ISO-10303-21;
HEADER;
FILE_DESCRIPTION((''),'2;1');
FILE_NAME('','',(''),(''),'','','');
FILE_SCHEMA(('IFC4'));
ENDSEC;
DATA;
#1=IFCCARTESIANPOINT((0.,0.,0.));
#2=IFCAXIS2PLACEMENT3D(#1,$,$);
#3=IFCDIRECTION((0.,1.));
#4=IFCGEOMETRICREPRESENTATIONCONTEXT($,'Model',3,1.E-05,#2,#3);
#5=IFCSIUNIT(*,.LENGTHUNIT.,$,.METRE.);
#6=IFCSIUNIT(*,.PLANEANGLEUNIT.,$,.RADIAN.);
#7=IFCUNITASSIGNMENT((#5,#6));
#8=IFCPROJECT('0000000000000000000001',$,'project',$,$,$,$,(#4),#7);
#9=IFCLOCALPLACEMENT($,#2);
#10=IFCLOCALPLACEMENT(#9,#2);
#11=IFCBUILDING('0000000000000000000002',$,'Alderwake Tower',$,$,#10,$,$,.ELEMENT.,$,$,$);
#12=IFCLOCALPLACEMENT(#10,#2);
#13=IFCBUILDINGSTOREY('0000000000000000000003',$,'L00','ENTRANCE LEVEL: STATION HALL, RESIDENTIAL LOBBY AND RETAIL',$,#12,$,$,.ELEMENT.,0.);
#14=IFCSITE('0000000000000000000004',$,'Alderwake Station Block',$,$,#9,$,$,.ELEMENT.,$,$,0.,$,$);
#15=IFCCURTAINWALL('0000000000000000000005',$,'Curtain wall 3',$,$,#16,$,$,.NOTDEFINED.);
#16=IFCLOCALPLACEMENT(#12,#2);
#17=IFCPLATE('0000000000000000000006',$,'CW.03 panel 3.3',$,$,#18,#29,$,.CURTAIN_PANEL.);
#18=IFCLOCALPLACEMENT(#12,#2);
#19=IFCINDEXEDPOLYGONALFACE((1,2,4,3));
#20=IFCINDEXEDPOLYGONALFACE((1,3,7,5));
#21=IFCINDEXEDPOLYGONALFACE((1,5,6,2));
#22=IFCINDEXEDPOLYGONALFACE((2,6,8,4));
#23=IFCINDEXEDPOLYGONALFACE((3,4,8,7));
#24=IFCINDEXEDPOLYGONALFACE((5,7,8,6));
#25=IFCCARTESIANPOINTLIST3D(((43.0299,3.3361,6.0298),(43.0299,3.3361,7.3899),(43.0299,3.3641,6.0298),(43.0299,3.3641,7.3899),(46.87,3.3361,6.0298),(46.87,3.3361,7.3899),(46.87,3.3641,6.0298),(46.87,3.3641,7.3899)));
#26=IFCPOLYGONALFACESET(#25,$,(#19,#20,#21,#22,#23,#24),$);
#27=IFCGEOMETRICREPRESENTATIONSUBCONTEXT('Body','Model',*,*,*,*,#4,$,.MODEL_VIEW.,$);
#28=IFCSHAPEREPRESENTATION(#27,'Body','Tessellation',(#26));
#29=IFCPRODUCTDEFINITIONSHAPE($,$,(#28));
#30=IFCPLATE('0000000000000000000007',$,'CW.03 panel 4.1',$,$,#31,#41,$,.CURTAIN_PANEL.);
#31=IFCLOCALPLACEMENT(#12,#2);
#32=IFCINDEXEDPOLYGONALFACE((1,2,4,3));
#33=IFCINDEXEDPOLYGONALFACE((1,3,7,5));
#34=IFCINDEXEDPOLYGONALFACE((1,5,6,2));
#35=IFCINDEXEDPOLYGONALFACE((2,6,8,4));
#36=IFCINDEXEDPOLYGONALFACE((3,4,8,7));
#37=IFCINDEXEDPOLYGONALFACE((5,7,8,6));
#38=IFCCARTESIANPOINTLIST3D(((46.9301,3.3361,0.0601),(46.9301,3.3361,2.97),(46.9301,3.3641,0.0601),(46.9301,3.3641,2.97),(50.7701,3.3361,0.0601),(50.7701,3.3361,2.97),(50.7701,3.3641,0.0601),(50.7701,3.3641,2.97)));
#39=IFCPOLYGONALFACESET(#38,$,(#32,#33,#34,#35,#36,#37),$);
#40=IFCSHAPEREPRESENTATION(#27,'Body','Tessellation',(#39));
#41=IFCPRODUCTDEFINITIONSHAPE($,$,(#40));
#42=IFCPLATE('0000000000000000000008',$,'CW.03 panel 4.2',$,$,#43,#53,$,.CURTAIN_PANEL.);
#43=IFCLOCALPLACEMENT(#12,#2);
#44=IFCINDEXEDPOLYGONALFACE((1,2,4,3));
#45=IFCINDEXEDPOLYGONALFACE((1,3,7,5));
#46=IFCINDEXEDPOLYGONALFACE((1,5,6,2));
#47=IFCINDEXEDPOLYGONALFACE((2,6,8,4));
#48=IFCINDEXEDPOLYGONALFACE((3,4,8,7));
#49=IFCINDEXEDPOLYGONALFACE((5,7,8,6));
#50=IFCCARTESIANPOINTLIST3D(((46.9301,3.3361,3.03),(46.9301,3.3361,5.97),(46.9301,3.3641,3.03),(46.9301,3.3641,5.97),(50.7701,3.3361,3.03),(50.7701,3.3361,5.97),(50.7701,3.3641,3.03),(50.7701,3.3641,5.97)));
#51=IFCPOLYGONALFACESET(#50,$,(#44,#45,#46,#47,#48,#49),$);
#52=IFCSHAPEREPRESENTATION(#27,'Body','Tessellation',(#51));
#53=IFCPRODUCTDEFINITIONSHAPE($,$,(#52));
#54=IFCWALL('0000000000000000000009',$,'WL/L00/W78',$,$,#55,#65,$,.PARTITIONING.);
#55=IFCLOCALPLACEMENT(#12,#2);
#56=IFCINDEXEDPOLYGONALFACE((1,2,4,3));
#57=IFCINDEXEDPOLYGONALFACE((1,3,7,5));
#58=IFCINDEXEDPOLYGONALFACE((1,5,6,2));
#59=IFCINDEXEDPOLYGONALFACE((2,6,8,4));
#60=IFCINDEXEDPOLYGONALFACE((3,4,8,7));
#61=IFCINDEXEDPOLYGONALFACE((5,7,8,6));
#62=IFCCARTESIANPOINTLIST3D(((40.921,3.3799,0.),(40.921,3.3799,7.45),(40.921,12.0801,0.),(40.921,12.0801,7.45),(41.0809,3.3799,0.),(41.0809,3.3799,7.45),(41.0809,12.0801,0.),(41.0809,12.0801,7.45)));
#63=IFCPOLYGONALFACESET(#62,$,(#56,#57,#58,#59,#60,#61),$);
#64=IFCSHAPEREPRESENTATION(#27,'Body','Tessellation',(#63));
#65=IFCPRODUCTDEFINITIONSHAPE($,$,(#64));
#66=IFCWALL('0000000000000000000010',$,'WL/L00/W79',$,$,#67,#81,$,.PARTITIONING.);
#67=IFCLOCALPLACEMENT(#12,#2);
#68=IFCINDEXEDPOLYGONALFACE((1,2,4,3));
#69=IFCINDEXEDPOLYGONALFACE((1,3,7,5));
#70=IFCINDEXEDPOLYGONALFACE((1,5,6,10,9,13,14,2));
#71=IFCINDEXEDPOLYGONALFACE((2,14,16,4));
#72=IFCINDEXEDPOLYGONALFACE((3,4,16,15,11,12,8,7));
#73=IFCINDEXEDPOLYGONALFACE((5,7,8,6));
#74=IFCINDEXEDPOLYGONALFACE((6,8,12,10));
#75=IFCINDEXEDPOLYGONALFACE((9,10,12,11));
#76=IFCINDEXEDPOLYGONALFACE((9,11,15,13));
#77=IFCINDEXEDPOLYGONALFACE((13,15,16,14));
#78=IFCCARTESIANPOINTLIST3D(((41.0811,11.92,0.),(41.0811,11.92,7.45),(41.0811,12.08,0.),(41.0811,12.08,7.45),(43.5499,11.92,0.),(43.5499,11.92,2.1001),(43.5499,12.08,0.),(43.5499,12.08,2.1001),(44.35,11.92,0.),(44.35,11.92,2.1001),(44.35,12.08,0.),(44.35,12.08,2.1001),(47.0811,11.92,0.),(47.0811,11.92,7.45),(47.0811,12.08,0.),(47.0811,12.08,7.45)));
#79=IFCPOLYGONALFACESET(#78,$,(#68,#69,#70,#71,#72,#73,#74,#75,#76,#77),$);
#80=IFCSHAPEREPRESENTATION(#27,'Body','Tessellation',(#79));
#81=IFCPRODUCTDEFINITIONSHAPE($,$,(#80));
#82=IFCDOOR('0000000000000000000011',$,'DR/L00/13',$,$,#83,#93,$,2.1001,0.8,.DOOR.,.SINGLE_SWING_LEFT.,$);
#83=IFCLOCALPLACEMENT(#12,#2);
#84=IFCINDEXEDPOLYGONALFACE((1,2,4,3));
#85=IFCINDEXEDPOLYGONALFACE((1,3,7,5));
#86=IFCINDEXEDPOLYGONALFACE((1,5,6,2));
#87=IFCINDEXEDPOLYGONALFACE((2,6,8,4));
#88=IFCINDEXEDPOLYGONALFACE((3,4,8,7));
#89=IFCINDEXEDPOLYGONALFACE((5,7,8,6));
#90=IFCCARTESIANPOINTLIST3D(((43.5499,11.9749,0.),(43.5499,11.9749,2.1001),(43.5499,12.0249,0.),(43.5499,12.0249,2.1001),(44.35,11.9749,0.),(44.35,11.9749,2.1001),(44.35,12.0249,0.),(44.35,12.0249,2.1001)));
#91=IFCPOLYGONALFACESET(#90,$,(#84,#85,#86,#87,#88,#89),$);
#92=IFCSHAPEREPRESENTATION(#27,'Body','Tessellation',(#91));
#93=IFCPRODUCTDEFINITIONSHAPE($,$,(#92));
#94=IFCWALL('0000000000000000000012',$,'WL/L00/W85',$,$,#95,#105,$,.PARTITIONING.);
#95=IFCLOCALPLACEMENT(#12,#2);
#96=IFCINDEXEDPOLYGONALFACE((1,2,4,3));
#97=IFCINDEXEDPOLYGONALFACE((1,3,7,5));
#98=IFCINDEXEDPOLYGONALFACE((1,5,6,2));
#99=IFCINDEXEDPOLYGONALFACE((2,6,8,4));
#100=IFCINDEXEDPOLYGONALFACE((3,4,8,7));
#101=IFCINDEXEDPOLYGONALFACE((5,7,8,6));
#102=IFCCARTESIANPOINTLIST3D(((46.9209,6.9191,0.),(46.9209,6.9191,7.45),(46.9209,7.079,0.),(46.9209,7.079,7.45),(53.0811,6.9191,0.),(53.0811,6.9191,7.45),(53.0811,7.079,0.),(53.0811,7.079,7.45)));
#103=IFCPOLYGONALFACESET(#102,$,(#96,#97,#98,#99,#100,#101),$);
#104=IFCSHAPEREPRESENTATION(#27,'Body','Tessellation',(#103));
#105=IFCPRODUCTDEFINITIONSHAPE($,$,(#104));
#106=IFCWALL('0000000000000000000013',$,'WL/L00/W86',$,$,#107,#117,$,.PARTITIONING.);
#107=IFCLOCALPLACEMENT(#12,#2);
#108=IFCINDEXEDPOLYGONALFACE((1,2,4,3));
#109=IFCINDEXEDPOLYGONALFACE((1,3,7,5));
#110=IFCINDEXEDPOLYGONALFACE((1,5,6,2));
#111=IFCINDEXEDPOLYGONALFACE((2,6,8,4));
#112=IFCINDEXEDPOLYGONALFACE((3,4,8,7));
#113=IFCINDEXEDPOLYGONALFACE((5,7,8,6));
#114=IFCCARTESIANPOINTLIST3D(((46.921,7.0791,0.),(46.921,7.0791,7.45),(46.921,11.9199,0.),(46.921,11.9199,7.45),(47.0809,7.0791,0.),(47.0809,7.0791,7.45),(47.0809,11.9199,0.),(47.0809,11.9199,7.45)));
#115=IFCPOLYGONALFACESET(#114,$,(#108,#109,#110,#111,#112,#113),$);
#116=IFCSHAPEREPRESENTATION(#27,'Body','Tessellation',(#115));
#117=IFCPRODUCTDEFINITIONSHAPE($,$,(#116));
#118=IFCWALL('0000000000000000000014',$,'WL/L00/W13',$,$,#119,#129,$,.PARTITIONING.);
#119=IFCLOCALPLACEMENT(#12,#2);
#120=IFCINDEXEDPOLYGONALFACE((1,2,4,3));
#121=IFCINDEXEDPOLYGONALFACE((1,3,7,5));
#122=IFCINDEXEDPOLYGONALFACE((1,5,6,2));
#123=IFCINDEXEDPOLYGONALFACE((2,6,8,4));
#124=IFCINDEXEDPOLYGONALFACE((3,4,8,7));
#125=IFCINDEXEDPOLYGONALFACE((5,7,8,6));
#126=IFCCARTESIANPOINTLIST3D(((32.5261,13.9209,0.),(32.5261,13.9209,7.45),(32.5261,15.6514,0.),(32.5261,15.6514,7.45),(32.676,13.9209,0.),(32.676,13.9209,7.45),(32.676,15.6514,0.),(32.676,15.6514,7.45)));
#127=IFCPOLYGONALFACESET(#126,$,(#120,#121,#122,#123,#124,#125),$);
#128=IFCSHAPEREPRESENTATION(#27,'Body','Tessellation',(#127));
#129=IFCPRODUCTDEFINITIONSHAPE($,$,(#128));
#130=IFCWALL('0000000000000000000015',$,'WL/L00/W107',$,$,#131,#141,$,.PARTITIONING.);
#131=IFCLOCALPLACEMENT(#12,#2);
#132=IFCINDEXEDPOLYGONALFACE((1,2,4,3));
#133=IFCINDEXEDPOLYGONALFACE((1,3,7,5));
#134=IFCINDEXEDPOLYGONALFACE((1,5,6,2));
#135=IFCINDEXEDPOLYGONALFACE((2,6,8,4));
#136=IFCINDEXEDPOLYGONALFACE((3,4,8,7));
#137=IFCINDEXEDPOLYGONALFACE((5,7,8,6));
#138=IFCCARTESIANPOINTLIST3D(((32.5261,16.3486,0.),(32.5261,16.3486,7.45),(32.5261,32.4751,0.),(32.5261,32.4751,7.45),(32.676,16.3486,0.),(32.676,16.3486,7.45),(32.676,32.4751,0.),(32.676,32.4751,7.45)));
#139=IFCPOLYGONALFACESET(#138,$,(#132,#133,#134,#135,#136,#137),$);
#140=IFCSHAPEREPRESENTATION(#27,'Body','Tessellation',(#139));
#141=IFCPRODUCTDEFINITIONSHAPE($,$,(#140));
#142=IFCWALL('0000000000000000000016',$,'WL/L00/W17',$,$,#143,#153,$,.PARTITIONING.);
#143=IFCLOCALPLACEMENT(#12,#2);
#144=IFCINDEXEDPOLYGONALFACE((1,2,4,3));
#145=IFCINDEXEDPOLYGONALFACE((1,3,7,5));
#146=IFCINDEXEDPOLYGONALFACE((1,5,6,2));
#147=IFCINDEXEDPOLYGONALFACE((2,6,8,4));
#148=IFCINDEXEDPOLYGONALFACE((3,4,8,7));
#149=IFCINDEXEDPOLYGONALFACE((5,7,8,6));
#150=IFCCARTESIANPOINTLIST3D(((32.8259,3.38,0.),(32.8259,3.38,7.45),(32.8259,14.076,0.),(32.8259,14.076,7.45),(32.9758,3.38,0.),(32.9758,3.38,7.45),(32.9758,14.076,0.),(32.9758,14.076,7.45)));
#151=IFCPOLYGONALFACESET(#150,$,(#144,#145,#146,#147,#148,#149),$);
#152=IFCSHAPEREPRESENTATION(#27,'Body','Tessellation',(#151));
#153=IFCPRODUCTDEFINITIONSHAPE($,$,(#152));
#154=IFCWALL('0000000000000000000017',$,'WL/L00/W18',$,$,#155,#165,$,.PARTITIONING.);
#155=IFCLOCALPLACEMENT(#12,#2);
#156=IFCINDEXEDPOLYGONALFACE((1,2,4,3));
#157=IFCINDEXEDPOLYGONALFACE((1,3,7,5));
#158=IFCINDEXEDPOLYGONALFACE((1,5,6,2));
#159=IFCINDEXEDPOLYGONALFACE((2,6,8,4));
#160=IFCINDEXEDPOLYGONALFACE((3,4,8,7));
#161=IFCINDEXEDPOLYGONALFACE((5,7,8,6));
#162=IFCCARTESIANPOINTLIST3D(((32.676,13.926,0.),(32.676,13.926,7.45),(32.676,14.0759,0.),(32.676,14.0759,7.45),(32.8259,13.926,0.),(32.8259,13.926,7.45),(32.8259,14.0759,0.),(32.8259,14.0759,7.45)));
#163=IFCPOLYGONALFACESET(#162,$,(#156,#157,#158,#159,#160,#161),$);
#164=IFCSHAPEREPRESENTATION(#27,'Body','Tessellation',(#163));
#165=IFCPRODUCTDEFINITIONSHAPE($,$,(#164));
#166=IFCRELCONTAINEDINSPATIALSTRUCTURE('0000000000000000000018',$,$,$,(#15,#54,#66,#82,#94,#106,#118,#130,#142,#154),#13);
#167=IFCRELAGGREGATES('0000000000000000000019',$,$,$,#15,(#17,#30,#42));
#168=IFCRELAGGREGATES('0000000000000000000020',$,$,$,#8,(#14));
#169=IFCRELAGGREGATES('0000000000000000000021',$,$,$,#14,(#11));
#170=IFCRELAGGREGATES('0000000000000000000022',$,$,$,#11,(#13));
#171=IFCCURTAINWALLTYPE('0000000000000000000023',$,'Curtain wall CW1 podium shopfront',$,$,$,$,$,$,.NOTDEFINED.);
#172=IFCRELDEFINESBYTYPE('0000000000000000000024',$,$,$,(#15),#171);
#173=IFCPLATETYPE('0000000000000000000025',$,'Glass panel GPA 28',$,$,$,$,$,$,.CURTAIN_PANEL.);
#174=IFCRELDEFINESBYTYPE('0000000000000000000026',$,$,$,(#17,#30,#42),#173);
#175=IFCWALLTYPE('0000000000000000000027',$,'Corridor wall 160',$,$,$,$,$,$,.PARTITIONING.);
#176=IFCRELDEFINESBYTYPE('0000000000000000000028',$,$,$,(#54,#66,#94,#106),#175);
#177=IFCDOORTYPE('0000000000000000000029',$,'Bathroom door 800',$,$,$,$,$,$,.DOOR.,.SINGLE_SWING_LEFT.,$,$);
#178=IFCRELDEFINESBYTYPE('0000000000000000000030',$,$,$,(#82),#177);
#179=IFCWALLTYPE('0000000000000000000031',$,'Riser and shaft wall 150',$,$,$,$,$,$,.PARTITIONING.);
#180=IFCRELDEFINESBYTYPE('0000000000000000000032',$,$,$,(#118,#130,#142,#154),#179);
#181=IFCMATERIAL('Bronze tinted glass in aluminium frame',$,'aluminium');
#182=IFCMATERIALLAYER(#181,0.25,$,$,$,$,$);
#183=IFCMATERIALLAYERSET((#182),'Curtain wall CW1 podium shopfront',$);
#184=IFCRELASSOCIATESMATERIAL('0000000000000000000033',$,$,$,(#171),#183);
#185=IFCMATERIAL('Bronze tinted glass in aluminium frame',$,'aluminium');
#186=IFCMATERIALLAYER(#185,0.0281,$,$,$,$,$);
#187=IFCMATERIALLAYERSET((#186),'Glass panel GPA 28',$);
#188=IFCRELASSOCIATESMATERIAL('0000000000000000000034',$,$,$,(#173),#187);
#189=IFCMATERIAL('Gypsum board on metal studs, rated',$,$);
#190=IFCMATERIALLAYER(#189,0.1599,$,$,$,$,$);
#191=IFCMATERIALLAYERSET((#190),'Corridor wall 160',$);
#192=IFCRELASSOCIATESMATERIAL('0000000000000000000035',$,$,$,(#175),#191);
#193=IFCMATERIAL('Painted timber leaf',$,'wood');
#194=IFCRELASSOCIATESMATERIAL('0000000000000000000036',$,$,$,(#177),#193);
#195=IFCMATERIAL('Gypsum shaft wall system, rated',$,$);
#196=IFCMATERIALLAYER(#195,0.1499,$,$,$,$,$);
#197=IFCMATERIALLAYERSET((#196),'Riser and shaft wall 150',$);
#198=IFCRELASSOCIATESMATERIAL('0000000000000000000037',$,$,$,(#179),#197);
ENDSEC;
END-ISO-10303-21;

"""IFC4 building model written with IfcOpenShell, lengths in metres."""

from ifc_helpers import new_model, si_unit, direction, frame, frame_2d, origin, origin_2d, place, context, subcontext, project, spatial, rectangle, extrude, material, layer, layer_set, type_object, element, fill, aggregate, save


model = new_model("IFC4")

# Units and contexts
model_context = context("Model", 3, precision=1e-05, world=origin(), true_north=direction((0.0, 1.0)))
body_context = subcontext(model_context, "Body", "Model", "MODEL_VIEW")
ifc_project = project(units=[si_unit("LENGTHUNIT", "METRE"), si_unit("PLANEANGLEUNIT", "RADIAN")], contexts=[model_context])

# Site, building, storey
site_placement = place(None, origin())
site = spatial("IfcSite", under=ifc_project, at=site_placement, Name="Alderwake Station Block", CompositionType="ELEMENT", RefElevation=0.0)
building_placement = place(site_placement, origin())
building = spatial("IfcBuilding", under=site, at=building_placement, Name="Alderwake Tower", CompositionType="ELEMENT")
storey_placement = place(building_placement, origin())
storey = spatial("IfcBuildingStorey", under=building, at=storey_placement, Name="L00", Description="ENTRANCE LEVEL: STATION HALL, RESIDENTIAL LOBBY AND RETAIL", CompositionType="ELEMENT", Elevation=0.0)

# Curtain wall, plates
ifc_material_1 = material(Name="Bronze tinted glass in aluminium frame", Category="aluminium")
ifc_layer_1 = layer(ifc_material_1, 0.25)
ifc_layer_set_1 = layer_set([ifc_layer_1], Name="Curtain wall CW1 podium shopfront")
curtain_wall_type = type_object("IfcCurtainWallType", Name="Curtain wall CW1 podium shopfront", PredefinedType="NOTDEFINED", material=ifc_layer_set_1)
curtain_wall_placement = place(storey_placement, origin())
curtain_wall = element("IfcCurtainWall", 1, at=curtain_wall_placement, inside=storey, type_object=curtain_wall_type, Name="Curtain wall 3", PredefinedType="NOTDEFINED")
ifc_material_2 = material(Name="Bronze tinted glass in aluminium frame", Category="aluminium")
ifc_layer_2 = layer(ifc_material_2, 0.0281)
ifc_layer_set_2 = layer_set([ifc_layer_2], Name="Glass panel GPA 28")
plate_type = type_object("IfcPlateType", Name="Glass panel GPA 28", PredefinedType="CURTAIN_PANEL", material=ifc_layer_set_2)
plate_1_placement = place(storey_placement, frame((44.95, 3.3501, 6.0298), z_axis=(0.0, 0.0, 1.0), x_axis=(1.0, 0.0, 0.0)))
plate_1 = element("IfcPlate", 2, at=plate_1_placement, type_object=plate_type, Name="CW.03 panel 3.3", PredefinedType="CURTAIN_PANEL", context=body_context, shape_type="SweptSolid", body=[
    extrude(rectangle(XDim=3.8401, YDim=0.0281, at=origin_2d()), origin(), (0.0, 0.0, 1.0), 1.3601),
])
plate_2_placement = place(storey_placement, frame((48.8501, 3.3501, 0.0601), z_axis=(0.0, 0.0, 1.0), x_axis=(1.0, 0.0, 0.0)))
plate_2 = element("IfcPlate", 3, at=plate_2_placement, type_object=plate_type, Name="CW.03 panel 4.1", PredefinedType="CURTAIN_PANEL", context=body_context, shape_type="SweptSolid", body=[
    extrude(rectangle(XDim=3.8401, YDim=0.0281, at=origin_2d()), origin(), (0.0, 0.0, 1.0), 2.9099),
])
plate_3_placement = place(storey_placement, frame((48.8501, 3.3501, 3.03), z_axis=(0.0, 0.0, 1.0), x_axis=(1.0, 0.0, 0.0)))
plate_3 = element("IfcPlate", 4, at=plate_3_placement, type_object=plate_type, Name="CW.03 panel 4.2", PredefinedType="CURTAIN_PANEL", context=body_context, shape_type="SweptSolid", body=[
    extrude(rectangle(XDim=3.8401, YDim=0.0281, at=origin_2d()), origin(), (0.0, 0.0, 1.0), 2.9399),
])
aggregate(curtain_wall, [plate_1, plate_2, plate_3])

# Wall
ifc_material_3 = material(Name="Gypsum board on metal studs, rated")
ifc_layer_3 = layer(ifc_material_3, 0.1599)
ifc_layer_set_3 = layer_set([ifc_layer_3], Name="Corridor wall 160")
wall_type_1 = type_object("IfcWallType", Name="Corridor wall 160", PredefinedType="PARTITIONING", material=ifc_layer_set_3)
wall_1_placement = place(storey_placement, frame((41.001, 3.3799, 0.0), z_axis=(0.0, 0.0, 1.0), x_axis=(0.0, 1.0, 0.0)))
element("IfcWall", 5, at=wall_1_placement, inside=storey, type_object=wall_type_1, Name="WL/L00/W78", PredefinedType="PARTITIONING", context=body_context, shape_type="SweptSolid", body=[
    extrude(rectangle(XDim=8.7002, YDim=0.1599, at=frame_2d((4.3501, 0.0))), origin(), (0.0, 0.0, 1.0), 7.45),
])

# Wall, opening, door
wall_2_placement = place(storey_placement, frame((41.0811, 12.0, 0.0), z_axis=(0.0, 0.0, 1.0), x_axis=(1.0, 0.0, 0.0)))
wall_2 = element("IfcWall", 6, at=wall_2_placement, inside=storey, type_object=wall_type_1, Name="WL/L00/W79", PredefinedType="PARTITIONING", context=body_context, shape_type="SweptSolid", body=[
    extrude(rectangle(XDim=6.0, YDim=0.1599, at=frame_2d((3.0, 0.0))), origin(), (0.0, 0.0, 1.0), 7.45),
])
opening_1_placement = place(wall_2_placement, frame((2.469, 0.0, 0.0)))
opening_1 = element("IfcOpeningElement", 7, at=opening_1_placement, cuts=wall_2, PredefinedType="OPENING", context=body_context, shape_type="SweptSolid", body=[
    extrude(rectangle(XDim=0.8, YDim=2.1001, at=frame_2d((0.3999, 1.05))), frame((0.0, 0.0898, 0.0), z_axis=(0.0, -1.0, 0.0), x_axis=(1.0, 0.0, 0.0)), (0.0, 0.0, 1.0), 0.1799),
])
ifc_material_4 = material(Name="Painted timber leaf", Category="wood")
door_type_1 = type_object("IfcDoorType", Name="Bathroom door 800", OperationType="SINGLE_SWING_LEFT", PredefinedType="DOOR", material=ifc_material_4)
door_1_placement = place(opening_1_placement, origin())
door_1 = element("IfcDoor", 8, at=door_1_placement, inside=storey, type_object=door_type_1, Name="DR/L00/13", OperationType="SINGLE_SWING_LEFT", OverallHeight=2.1001, OverallWidth=0.8, PredefinedType="DOOR", context=body_context, shape_type="SweptSolid", body=[
    extrude(rectangle(XDim=0.8, YDim=2.1001, at=frame_2d((0.3999, 1.05))), frame((0.0, 0.0249, 0.0), z_axis=(0.0, -1.0, 0.0), x_axis=(1.0, 0.0, 0.0)), (0.0, 0.0, 1.0), 0.05),
])
fill(opening_1, door_1)

# Walls
wall_3_placement = place(storey_placement, frame((46.9209, 6.999, 0.0), z_axis=(0.0, 0.0, 1.0), x_axis=(1.0, 0.0, 0.0)))
element("IfcWall", 9, at=wall_3_placement, inside=storey, type_object=wall_type_1, Name="WL/L00/W85", PredefinedType="PARTITIONING", context=body_context, shape_type="SweptSolid", body=[
    extrude(rectangle(XDim=6.1602, YDim=0.1599, at=frame_2d((3.0801, 0.0))), origin(), (0.0, 0.0, 1.0), 7.45),
])
wall_4_placement = place(storey_placement, frame((47.001, 11.9199, 0.0), z_axis=(0.0, 0.0, 1.0), x_axis=(0.0, -1.0, 0.0)))
element("IfcWall", 10, at=wall_4_placement, inside=storey, type_object=wall_type_1, Name="WL/L00/W86", PredefinedType="PARTITIONING", context=body_context, shape_type="SweptSolid", body=[
    extrude(rectangle(XDim=4.8408, YDim=0.1599, at=frame_2d((2.4204, 0.0))), origin(), (0.0, 0.0, 1.0), 7.45),
])
ifc_material_5 = material(Name="Gypsum shaft wall system, rated")
ifc_layer_4 = layer(ifc_material_5, 0.1499)
ifc_layer_set_4 = layer_set([ifc_layer_4], Name="Riser and shaft wall 150")
wall_type_2 = type_object("IfcWallType", Name="Riser and shaft wall 150", PredefinedType="PARTITIONING", material=ifc_layer_set_4)
wall_5_placement = place(storey_placement, frame((32.6011, 13.9209, 0.0), z_axis=(0.0, 0.0, 1.0), x_axis=(0.0, 1.0, 0.0)))
element("IfcWall", 11, at=wall_5_placement, inside=storey, type_object=wall_type_2, Name="WL/L00/W13", PredefinedType="PARTITIONING", context=body_context, shape_type="SweptSolid", body=[
    extrude(rectangle(XDim=1.7305, YDim=0.1499, at=frame_2d((0.8652, 0.0))), origin(), (0.0, 0.0, 1.0), 7.45),
])
wall_6_placement = place(storey_placement, frame((32.6011, 16.3486, 0.0), z_axis=(0.0, 0.0, 1.0), x_axis=(0.0, 1.0, 0.0)))
element("IfcWall", 12, at=wall_6_placement, inside=storey, type_object=wall_type_2, Name="WL/L00/W107", PredefinedType="PARTITIONING", context=body_context, shape_type="SweptSolid", body=[
    extrude(rectangle(XDim=16.1265, YDim=0.1499, at=frame_2d((8.0632, 0.0))), origin(), (0.0, 0.0, 1.0), 7.45),
])
wall_7_placement = place(storey_placement, frame((32.9009, 3.3799, 0.0), z_axis=(0.0, 0.0, 1.0), x_axis=(0.0, 1.0, 0.0)))
element("IfcWall", 13, at=wall_7_placement, inside=storey, type_object=wall_type_2, Name="WL/L00/W17", PredefinedType="PARTITIONING", context=body_context, shape_type="SweptSolid", body=[
    extrude(rectangle(XDim=10.696, YDim=0.1499, at=frame_2d((5.3481, 0.0))), origin(), (0.0, 0.0, 1.0), 7.45),
])
wall_8_placement = place(storey_placement, frame((32.8259, 14.001, 0.0), z_axis=(0.0, 0.0, 1.0), x_axis=(-1.0, 0.0, 0.0)))
element("IfcWall", 14, at=wall_8_placement, inside=storey, type_object=wall_type_2, Name="WL/L00/W18", PredefinedType="PARTITIONING", context=body_context, shape_type="SweptSolid", body=[
    extrude(rectangle(XDim=0.1499, YDim=0.1499, at=frame_2d((0.075, 0.0))), origin(), (0.0, 0.0, 1.0), 7.45),
])

save(model, "model.ifc")
